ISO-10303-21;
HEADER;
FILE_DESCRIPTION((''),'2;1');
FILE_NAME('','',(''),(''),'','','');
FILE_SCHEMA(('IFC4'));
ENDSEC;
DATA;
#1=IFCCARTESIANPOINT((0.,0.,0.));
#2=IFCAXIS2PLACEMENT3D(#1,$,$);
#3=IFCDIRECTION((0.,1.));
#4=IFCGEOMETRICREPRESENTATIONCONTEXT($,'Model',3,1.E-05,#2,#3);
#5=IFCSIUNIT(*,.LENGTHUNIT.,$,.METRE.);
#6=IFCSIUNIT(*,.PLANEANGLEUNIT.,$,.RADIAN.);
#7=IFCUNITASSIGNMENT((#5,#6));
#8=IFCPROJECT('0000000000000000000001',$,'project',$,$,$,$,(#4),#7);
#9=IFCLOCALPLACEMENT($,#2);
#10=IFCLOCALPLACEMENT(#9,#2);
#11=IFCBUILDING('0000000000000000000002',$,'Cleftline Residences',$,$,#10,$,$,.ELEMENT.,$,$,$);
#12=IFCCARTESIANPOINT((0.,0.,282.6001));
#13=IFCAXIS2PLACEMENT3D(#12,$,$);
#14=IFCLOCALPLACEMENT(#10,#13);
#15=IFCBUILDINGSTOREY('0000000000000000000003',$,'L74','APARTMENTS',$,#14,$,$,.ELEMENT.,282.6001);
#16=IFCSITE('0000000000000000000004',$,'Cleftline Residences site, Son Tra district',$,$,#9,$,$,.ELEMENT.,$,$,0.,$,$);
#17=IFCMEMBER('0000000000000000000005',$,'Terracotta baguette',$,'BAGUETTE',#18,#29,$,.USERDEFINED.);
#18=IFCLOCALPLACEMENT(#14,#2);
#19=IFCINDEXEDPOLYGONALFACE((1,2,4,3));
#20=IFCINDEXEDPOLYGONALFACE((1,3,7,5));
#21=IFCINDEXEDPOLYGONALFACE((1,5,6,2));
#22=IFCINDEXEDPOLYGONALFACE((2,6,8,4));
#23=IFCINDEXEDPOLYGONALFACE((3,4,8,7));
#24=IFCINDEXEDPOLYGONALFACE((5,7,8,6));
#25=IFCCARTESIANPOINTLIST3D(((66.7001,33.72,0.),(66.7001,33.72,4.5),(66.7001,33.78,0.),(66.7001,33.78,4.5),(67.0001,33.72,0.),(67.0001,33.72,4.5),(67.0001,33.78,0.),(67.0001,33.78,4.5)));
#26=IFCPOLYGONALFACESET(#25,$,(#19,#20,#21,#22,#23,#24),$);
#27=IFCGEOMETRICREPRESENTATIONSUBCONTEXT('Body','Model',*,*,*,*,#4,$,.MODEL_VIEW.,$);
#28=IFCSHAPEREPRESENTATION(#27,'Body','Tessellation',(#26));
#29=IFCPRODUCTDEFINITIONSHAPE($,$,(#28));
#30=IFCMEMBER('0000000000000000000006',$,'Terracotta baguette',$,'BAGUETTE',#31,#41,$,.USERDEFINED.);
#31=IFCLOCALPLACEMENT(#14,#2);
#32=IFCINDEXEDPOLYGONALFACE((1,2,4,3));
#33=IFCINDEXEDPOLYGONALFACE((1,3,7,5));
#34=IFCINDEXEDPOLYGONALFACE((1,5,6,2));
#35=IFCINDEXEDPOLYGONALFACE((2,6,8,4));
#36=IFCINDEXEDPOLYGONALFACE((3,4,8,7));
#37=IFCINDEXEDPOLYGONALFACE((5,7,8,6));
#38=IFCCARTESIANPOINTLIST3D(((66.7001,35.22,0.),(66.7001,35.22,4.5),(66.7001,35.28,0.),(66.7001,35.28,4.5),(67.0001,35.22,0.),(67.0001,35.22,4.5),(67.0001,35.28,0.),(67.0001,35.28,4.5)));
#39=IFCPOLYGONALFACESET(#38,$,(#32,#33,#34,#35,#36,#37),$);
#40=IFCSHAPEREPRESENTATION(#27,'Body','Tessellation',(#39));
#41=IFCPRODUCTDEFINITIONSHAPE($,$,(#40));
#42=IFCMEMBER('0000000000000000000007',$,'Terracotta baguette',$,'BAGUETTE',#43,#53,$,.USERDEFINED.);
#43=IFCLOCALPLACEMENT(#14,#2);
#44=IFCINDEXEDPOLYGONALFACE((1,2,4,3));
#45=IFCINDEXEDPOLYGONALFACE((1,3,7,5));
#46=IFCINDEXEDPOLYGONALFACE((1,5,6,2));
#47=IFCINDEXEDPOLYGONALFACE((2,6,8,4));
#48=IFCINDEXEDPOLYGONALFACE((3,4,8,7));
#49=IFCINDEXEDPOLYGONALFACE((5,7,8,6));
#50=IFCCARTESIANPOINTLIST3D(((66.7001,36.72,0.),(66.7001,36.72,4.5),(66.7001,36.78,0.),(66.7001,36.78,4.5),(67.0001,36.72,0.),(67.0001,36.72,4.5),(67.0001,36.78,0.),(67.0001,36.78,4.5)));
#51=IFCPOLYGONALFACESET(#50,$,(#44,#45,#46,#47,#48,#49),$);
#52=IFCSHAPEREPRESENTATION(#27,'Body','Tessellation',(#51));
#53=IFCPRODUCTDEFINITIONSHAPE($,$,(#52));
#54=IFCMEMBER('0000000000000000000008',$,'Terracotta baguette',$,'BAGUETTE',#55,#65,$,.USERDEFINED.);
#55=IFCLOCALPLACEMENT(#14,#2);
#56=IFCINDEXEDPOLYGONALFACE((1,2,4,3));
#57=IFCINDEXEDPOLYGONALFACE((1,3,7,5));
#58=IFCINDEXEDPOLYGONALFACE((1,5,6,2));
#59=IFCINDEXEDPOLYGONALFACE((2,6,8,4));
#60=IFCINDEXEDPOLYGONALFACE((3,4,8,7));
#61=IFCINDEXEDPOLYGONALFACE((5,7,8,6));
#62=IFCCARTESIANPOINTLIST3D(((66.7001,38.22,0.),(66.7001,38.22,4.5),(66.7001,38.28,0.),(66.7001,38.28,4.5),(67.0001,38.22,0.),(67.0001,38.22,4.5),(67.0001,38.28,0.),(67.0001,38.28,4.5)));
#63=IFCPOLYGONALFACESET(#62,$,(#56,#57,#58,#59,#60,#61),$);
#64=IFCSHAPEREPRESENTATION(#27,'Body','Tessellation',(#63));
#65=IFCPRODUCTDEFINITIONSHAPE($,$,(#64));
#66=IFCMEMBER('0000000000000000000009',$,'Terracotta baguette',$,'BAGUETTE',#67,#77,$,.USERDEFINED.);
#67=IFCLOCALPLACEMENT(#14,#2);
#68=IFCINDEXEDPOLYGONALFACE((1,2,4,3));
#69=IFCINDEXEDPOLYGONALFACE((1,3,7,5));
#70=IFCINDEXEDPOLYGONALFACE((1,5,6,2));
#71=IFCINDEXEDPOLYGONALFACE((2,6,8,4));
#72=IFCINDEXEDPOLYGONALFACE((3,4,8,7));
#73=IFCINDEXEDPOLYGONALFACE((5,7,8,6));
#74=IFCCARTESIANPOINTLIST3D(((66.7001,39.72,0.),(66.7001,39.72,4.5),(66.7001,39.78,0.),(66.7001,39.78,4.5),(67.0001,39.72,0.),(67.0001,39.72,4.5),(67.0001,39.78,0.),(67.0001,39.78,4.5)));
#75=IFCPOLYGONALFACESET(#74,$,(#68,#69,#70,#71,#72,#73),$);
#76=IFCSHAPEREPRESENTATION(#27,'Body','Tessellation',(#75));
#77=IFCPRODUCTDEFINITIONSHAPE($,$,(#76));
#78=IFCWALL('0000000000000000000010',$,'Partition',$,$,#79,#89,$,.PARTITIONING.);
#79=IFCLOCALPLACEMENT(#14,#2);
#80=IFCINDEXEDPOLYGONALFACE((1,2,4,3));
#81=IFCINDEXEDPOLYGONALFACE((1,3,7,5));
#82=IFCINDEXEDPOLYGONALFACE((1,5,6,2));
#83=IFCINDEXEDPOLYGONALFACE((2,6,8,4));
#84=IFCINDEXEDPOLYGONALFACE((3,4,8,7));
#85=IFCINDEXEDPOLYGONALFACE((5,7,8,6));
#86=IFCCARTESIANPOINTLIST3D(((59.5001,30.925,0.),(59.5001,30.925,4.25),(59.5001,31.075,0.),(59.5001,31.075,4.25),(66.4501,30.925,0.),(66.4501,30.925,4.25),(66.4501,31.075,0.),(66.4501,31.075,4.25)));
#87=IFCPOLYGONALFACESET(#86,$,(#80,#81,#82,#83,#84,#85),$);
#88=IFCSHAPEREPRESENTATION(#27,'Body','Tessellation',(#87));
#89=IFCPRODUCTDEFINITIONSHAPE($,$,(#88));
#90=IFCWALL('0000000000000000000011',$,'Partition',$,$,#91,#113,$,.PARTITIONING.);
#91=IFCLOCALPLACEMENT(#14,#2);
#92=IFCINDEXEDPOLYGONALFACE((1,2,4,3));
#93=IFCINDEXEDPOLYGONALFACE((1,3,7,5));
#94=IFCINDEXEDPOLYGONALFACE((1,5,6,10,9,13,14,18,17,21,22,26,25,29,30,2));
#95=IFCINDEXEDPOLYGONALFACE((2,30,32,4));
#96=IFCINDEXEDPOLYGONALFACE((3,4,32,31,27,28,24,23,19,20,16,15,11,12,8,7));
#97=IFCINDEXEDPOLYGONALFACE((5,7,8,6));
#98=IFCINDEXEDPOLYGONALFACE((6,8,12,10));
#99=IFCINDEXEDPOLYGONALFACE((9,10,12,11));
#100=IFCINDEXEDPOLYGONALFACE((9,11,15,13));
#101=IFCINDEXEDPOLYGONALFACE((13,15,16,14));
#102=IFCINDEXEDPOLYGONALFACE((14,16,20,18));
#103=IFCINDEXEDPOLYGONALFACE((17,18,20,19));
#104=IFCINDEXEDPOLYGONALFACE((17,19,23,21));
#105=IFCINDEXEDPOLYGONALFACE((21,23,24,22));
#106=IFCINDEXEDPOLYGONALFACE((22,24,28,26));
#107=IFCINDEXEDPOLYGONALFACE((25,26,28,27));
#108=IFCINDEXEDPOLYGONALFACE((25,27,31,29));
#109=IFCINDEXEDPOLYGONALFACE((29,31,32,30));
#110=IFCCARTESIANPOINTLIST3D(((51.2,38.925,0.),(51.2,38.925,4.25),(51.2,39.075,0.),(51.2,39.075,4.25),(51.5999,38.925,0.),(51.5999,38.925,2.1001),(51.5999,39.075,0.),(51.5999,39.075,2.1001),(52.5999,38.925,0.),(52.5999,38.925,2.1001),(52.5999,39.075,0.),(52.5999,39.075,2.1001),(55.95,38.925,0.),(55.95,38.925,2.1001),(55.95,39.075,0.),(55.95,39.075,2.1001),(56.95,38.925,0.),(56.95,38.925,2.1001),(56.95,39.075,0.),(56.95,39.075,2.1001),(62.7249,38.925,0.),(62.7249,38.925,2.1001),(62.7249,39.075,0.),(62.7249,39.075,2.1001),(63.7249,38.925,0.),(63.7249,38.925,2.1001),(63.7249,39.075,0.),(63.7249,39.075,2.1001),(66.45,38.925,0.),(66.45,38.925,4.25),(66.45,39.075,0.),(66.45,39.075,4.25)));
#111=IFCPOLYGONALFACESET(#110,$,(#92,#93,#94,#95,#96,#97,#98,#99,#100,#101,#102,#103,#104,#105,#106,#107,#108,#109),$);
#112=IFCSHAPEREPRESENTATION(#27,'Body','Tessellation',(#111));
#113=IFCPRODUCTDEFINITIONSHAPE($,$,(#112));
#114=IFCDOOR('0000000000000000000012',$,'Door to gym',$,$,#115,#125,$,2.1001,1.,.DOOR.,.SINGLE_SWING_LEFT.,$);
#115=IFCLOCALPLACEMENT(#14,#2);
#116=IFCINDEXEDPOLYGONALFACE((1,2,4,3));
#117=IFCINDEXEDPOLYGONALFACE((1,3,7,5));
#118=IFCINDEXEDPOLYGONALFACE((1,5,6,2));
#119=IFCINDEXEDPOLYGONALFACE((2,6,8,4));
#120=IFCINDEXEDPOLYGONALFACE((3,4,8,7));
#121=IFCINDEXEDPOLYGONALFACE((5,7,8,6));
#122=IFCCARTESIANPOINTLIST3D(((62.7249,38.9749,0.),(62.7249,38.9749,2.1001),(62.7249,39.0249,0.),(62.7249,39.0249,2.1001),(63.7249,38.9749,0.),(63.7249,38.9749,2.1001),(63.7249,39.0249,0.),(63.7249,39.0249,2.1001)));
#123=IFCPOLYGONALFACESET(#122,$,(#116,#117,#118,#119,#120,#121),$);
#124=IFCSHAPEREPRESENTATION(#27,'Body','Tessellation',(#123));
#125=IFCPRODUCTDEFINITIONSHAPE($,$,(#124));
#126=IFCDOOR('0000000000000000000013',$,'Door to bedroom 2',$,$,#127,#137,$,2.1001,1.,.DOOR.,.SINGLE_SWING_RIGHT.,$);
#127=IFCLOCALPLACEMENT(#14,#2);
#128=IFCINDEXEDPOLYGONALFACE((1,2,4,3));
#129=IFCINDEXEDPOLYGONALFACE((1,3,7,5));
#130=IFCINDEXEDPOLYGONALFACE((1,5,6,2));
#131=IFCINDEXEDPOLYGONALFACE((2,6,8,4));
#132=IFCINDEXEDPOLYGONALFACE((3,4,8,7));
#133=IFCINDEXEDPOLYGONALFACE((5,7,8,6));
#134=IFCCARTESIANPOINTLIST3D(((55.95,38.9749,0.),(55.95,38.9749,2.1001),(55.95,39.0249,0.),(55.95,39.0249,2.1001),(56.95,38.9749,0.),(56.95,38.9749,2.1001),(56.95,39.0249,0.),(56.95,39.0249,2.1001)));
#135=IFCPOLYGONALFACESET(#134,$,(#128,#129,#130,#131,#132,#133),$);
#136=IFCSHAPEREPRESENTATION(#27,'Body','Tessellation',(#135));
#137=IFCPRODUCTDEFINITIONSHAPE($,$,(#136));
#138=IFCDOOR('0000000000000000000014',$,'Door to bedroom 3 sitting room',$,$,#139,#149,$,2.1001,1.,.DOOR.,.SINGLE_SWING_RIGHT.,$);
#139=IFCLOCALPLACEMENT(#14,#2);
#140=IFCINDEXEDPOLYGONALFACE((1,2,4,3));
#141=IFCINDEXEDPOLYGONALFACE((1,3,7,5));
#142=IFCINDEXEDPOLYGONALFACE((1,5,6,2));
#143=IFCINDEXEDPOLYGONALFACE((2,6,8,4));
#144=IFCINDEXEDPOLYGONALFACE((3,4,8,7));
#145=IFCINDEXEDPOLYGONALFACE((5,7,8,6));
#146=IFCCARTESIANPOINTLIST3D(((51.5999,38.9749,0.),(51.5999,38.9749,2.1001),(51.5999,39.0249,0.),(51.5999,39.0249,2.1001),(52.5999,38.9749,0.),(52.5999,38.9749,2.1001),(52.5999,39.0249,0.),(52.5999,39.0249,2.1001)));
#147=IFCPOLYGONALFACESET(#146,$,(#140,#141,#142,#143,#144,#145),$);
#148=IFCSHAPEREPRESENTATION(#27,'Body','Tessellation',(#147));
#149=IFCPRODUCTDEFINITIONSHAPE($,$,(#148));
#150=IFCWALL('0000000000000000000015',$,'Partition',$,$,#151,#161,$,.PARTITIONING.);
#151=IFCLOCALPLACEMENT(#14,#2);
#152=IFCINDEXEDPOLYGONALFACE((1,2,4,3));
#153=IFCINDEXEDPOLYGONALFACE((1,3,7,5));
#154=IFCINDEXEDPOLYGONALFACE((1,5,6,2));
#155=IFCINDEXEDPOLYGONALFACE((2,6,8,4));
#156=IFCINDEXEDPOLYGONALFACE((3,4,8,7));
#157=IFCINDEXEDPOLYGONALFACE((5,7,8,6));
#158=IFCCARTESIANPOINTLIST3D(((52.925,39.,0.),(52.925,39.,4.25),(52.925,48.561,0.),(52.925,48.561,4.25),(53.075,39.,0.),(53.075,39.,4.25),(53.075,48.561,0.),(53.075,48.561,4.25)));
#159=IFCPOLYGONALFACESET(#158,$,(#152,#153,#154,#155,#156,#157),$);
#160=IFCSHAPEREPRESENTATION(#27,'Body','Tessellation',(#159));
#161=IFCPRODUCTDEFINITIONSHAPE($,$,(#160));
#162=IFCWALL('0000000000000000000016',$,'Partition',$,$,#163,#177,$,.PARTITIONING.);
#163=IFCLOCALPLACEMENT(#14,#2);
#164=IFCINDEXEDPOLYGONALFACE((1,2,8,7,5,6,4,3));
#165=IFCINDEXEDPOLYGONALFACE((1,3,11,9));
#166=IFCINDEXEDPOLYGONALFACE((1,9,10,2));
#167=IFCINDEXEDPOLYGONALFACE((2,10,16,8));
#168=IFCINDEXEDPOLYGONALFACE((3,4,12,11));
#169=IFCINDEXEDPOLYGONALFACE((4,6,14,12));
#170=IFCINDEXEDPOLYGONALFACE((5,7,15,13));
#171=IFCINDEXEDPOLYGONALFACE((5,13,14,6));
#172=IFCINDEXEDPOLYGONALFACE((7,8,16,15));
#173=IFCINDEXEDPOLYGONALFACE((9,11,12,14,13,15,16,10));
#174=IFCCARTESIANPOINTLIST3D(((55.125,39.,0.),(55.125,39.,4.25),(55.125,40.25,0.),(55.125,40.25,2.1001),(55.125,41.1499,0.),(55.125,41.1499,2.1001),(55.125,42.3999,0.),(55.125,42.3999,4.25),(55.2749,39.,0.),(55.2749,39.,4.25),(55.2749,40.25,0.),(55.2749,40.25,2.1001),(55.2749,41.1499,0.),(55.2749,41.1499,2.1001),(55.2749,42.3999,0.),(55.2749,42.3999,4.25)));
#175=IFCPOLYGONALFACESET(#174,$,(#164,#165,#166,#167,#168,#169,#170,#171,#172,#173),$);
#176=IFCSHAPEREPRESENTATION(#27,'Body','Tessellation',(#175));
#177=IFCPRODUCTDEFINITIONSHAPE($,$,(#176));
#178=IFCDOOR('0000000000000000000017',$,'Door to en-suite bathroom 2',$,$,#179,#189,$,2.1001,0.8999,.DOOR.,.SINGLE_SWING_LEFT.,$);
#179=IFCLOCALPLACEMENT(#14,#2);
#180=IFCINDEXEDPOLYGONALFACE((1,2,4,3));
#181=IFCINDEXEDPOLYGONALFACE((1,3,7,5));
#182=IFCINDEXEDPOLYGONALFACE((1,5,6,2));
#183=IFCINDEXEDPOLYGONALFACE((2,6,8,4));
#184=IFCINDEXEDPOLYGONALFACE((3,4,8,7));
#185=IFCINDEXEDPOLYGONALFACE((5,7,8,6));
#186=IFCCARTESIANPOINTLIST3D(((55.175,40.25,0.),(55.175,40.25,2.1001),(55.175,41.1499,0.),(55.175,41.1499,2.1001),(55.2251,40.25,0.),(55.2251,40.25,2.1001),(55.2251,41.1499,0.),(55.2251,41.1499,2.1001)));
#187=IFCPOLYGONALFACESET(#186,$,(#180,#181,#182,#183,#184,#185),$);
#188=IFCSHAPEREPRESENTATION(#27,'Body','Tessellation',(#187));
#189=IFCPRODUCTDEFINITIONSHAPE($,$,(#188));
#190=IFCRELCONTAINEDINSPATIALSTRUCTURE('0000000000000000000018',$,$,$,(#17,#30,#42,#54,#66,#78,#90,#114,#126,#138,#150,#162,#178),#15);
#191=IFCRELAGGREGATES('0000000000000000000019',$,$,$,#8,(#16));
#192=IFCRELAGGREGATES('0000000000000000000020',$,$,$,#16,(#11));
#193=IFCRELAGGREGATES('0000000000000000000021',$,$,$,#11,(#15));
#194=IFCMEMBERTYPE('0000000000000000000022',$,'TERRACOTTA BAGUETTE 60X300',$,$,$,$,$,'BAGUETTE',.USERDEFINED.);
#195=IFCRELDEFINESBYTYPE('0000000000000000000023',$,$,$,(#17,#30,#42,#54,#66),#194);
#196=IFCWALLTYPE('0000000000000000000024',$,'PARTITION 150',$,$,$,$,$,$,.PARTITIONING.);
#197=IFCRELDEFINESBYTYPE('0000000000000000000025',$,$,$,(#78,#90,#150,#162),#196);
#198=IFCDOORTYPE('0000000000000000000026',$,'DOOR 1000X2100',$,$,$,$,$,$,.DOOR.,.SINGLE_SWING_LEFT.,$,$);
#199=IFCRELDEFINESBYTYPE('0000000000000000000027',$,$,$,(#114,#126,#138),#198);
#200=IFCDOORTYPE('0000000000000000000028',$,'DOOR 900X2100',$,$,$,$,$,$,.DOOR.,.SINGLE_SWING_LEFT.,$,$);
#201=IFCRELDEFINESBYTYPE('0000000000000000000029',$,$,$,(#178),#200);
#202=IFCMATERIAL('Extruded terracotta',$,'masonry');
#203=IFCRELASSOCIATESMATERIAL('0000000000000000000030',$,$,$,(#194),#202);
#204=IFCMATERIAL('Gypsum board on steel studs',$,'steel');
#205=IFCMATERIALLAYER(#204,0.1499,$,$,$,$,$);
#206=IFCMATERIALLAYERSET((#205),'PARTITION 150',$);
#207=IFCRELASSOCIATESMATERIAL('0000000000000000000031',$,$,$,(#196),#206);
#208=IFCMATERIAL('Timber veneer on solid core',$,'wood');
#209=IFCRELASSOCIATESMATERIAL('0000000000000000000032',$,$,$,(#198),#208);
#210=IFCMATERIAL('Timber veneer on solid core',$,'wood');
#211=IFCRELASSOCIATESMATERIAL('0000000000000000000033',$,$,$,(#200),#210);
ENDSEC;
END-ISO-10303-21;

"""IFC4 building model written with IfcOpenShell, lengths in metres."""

from ifc_helpers import new_model, si_unit, direction, frame, frame_2d, origin, origin_2d, place, context, subcontext, project, spatial, rectangle, extrude, material, layer, layer_set, material_profile, profile_set, type_object, element, fill, save


model = new_model("IFC4")

# Units and contexts
model_context = context("Model", 3, precision=1e-05, world=origin(), true_north=direction((0.0, 1.0)))
body_context = subcontext(model_context, "Body", "Model", "MODEL_VIEW")
ifc_project = project(units=[si_unit("LENGTHUNIT", "METRE"), si_unit("PLANEANGLEUNIT", "RADIAN")], contexts=[model_context])

# Site, building, storey
site_placement = place(None, origin())
site = spatial("IfcSite", under=ifc_project, at=site_placement, Name="Cleftline Residences site, Son Tra district", CompositionType="ELEMENT", RefElevation=0.0)
building_placement = place(site_placement, origin())
building = spatial("IfcBuilding", under=site, at=building_placement, Name="Cleftline Residences", CompositionType="ELEMENT")
storey_placement = place(building_placement, frame((0.0, 0.0, 282.6001)))
storey = spatial("IfcBuildingStorey", under=building, at=storey_placement, Name="L74", Description="APARTMENTS", CompositionType="ELEMENT", Elevation=282.6001)

# Members
ifc_material_1 = material(Name="Extruded terracotta", Category="masonry")
ifc_material_profile_1 = material_profile(ifc_material_1, rectangle(XDim=0.0601, YDim=0.3, at=origin_2d()))
ifc_profile_set_1 = profile_set([ifc_material_profile_1], Name="Extruded terracotta")
member_type_1 = type_object("IfcMemberType", Name="TERRACOTTA BAGUETTE 60X300", ElementType="BAGUETTE", PredefinedType="USERDEFINED", material=ifc_profile_set_1)
for number, where, z_axis, x_axis, name in (
    (1, (66.8501, 33.75, 0.0), (0.0, 0.0, 1.0), (0.0, 1.0, 0.0), "Terracotta baguette"),
    (2, (66.8501, 35.25, 0.0), (0.0, 0.0, 1.0), (0.0, 1.0, 0.0), "Terracotta baguette"),
    (3, (66.8501, 36.75, 0.0), (0.0, 0.0, 1.0), (0.0, 1.0, 0.0), "Terracotta baguette"),
    (4, (66.8501, 38.25, 0.0), (0.0, 0.0, 1.0), (0.0, 1.0, 0.0), "Terracotta baguette"),
    (5, (66.8501, 39.75, 0.0), (0.0, 0.0, 1.0), (0.0, 1.0, 0.0), "Terracotta baguette"),
):
    element("IfcMember", number, at=place(storey_placement, frame(where, z_axis=z_axis, x_axis=x_axis)), inside=storey, type_object=member_type_1, Name=name, ObjectType="BAGUETTE", PredefinedType="USERDEFINED", context=body_context, shape_type="SweptSolid", body=[
        extrude(rectangle(XDim=0.0601, YDim=0.3, at=origin_2d()), origin(), (0.0, 0.0, 1.0), 4.5),
    ])

# Wall
ifc_material_2 = material(Name="Gypsum board on steel studs", Category="steel")
ifc_layer = layer(ifc_material_2, 0.1499)
ifc_layer_set = layer_set([ifc_layer], Name="PARTITION 150")
wall_type = type_object("IfcWallType", Name="PARTITION 150", PredefinedType="PARTITIONING", material=ifc_layer_set)
wall_1_placement = place(storey_placement, frame((59.5, 31.0, 0.0), z_axis=(0.0, 0.0, 1.0), x_axis=(1.0, 0.0, 0.0)))
element("IfcWall", 6, at=wall_1_placement, inside=storey, type_object=wall_type, Name="Partition", PredefinedType="PARTITIONING", context=body_context, shape_type="SweptSolid", body=[
    extrude(rectangle(XDim=6.95, YDim=0.1499, at=frame_2d((3.4751, 0.0))), origin(), (0.0, 0.0, 1.0), 4.25),
])

# Wall, openings, doors
wall_2_placement = place(storey_placement, frame((51.2, 39.0, 0.0), z_axis=(0.0, 0.0, 1.0), x_axis=(1.0, 0.0, 0.0)))
wall_2 = element("IfcWall", 7, at=wall_2_placement, inside=storey, type_object=wall_type, Name="Partition", PredefinedType="PARTITIONING", context=body_context, shape_type="SweptSolid", body=[
    extrude(rectangle(XDim=15.25, YDim=0.1499, at=frame_2d((7.625, 0.0))), origin(), (0.0, 0.0, 1.0), 4.25),
])
opening_1_placement = place(wall_2_placement, frame((11.5249, 0.0, 0.0)))
opening_1 = element("IfcOpeningElement", 8, at=opening_1_placement, cuts=wall_2, PredefinedType="OPENING", context=body_context, shape_type="SweptSolid", body=[
    extrude(rectangle(XDim=1.0, YDim=2.1001, at=frame_2d((0.5, 1.05))), frame((0.0, 0.085, 0.0), z_axis=(0.0, -1.0, 0.0), x_axis=(1.0, 0.0, 0.0)), (0.0, 0.0, 1.0), 0.1699),
])
opening_2_placement = place(wall_2_placement, frame((4.75, 0.0, 0.0)))
opening_2 = element("IfcOpeningElement", 9, at=opening_2_placement, cuts=wall_2, PredefinedType="OPENING", context=body_context, shape_type="SweptSolid", body=[
    extrude(rectangle(XDim=1.0, YDim=2.1001, at=frame_2d((0.5, 1.05))), frame((0.0, 0.085, 0.0), z_axis=(0.0, -1.0, 0.0), x_axis=(1.0, 0.0, 0.0)), (0.0, 0.0, 1.0), 0.1699),
])
opening_3_placement = place(wall_2_placement, frame((0.3999, 0.0, 0.0)))
opening_3 = element("IfcOpeningElement", 10, at=opening_3_placement, cuts=wall_2, PredefinedType="OPENING", context=body_context, shape_type="SweptSolid", body=[
    extrude(rectangle(XDim=1.0, YDim=2.1001, at=frame_2d((0.5, 1.05))), frame((0.0, 0.085, 0.0), z_axis=(0.0, -1.0, 0.0), x_axis=(1.0, 0.0, 0.0)), (0.0, 0.0, 1.0), 0.1699),
])
ifc_material_3 = material(Name="Timber veneer on solid core", Category="wood")
door_type_1 = type_object("IfcDoorType", Name="DOOR 1000X2100", OperationType="SINGLE_SWING_LEFT", PredefinedType="DOOR", material=ifc_material_3)
door_1_placement = place(opening_1_placement, origin())
door_1 = element("IfcDoor", 11, at=door_1_placement, inside=storey, type_object=door_type_1, Name="Door to gym", OperationType="SINGLE_SWING_LEFT", OverallHeight=2.1001, OverallWidth=1.0, PredefinedType="DOOR", context=body_context, shape_type="SweptSolid", body=[
    extrude(rectangle(XDim=1.0, YDim=2.1001, at=frame_2d((0.5, 1.05))), frame((0.0, 0.0249, 0.0), z_axis=(0.0, -1.0, 0.0), x_axis=(1.0, 0.0, 0.0)), (0.0, 0.0, 1.0), 0.05),
])
fill(opening_1, door_1)
door_2_placement = place(opening_2_placement, origin())
door_2 = element("IfcDoor", 12, at=door_2_placement, inside=storey, type_object=door_type_1, Name="Door to bedroom 2", OperationType="SINGLE_SWING_RIGHT", OverallHeight=2.1001, OverallWidth=1.0, PredefinedType="DOOR", context=body_context, shape_type="SweptSolid", body=[
    extrude(rectangle(XDim=1.0, YDim=2.1001, at=frame_2d((0.5, 1.05))), frame((0.0, 0.0249, 0.0), z_axis=(0.0, -1.0, 0.0), x_axis=(1.0, 0.0, 0.0)), (0.0, 0.0, 1.0), 0.05),
])
fill(opening_2, door_2)
door_3_placement = place(opening_3_placement, origin())
door_3 = element("IfcDoor", 13, at=door_3_placement, inside=storey, type_object=door_type_1, Name="Door to bedroom 3 sitting room", OperationType="SINGLE_SWING_RIGHT", OverallHeight=2.1001, OverallWidth=1.0, PredefinedType="DOOR", context=body_context, shape_type="SweptSolid", body=[
    extrude(rectangle(XDim=1.0, YDim=2.1001, at=frame_2d((0.5, 1.05))), frame((0.0, 0.0249, 0.0), z_axis=(0.0, -1.0, 0.0), x_axis=(1.0, 0.0, 0.0)), (0.0, 0.0, 1.0), 0.05),
])
fill(opening_3, door_3)

# Wall
wall_3_placement = place(storey_placement, frame((53.0, 39.0, 0.0), z_axis=(0.0, 0.0, 1.0), x_axis=(0.0, 1.0, 0.0)))
element("IfcWall", 14, at=wall_3_placement, inside=storey, type_object=wall_type, Name="Partition", PredefinedType="PARTITIONING", context=body_context, shape_type="SweptSolid", body=[
    extrude(rectangle(XDim=9.561, YDim=0.1499, at=frame_2d((4.7805, 0.0))), origin(), (0.0, 0.0, 1.0), 4.25),
])

# Wall, opening, door
wall_4_placement = place(storey_placement, frame((55.2, 39.0, 0.0), z_axis=(0.0, 0.0, 1.0), x_axis=(0.0, 1.0, 0.0)))
wall_4 = element("IfcWall", 15, at=wall_4_placement, inside=storey, type_object=wall_type, Name="Partition", PredefinedType="PARTITIONING", context=body_context, shape_type="SweptSolid", body=[
    extrude(rectangle(XDim=3.3999, YDim=0.1499, at=frame_2d((1.7, 0.0))), origin(), (0.0, 0.0, 1.0), 4.25),
])
opening_4_placement = place(wall_4_placement, frame((1.25, 0.0, 0.0)))
opening_4 = element("IfcOpeningElement", 16, at=opening_4_placement, cuts=wall_4, PredefinedType="OPENING", context=body_context, shape_type="SweptSolid", body=[
    extrude(rectangle(XDim=0.8999, YDim=2.1001, at=frame_2d((0.45, 1.05))), frame((0.0, 0.085, 0.0), z_axis=(0.0, -1.0, 0.0), x_axis=(1.0, 0.0, 0.0)), (0.0, 0.0, 1.0), 0.1699),
])
ifc_material_4 = material(Name="Timber veneer on solid core", Category="wood")
door_type_2 = type_object("IfcDoorType", Name="DOOR 900X2100", OperationType="SINGLE_SWING_LEFT", PredefinedType="DOOR", material=ifc_material_4)
door_4_placement = place(opening_4_placement, origin())
door_4 = element("IfcDoor", 17, at=door_4_placement, inside=storey, type_object=door_type_2, Name="Door to en-suite bathroom 2", OperationType="SINGLE_SWING_LEFT", OverallHeight=2.1001, OverallWidth=0.8999, PredefinedType="DOOR", context=body_context, shape_type="SweptSolid", body=[
    extrude(rectangle(XDim=0.8999, YDim=2.1001, at=frame_2d((0.45, 1.05))), frame((0.0, 0.0249, 0.0), z_axis=(0.0, -1.0, 0.0), x_axis=(1.0, 0.0, 0.0)), (0.0, 0.0, 1.0), 0.05),
])
fill(opening_4, door_4)

save(model, "model.ifc")
